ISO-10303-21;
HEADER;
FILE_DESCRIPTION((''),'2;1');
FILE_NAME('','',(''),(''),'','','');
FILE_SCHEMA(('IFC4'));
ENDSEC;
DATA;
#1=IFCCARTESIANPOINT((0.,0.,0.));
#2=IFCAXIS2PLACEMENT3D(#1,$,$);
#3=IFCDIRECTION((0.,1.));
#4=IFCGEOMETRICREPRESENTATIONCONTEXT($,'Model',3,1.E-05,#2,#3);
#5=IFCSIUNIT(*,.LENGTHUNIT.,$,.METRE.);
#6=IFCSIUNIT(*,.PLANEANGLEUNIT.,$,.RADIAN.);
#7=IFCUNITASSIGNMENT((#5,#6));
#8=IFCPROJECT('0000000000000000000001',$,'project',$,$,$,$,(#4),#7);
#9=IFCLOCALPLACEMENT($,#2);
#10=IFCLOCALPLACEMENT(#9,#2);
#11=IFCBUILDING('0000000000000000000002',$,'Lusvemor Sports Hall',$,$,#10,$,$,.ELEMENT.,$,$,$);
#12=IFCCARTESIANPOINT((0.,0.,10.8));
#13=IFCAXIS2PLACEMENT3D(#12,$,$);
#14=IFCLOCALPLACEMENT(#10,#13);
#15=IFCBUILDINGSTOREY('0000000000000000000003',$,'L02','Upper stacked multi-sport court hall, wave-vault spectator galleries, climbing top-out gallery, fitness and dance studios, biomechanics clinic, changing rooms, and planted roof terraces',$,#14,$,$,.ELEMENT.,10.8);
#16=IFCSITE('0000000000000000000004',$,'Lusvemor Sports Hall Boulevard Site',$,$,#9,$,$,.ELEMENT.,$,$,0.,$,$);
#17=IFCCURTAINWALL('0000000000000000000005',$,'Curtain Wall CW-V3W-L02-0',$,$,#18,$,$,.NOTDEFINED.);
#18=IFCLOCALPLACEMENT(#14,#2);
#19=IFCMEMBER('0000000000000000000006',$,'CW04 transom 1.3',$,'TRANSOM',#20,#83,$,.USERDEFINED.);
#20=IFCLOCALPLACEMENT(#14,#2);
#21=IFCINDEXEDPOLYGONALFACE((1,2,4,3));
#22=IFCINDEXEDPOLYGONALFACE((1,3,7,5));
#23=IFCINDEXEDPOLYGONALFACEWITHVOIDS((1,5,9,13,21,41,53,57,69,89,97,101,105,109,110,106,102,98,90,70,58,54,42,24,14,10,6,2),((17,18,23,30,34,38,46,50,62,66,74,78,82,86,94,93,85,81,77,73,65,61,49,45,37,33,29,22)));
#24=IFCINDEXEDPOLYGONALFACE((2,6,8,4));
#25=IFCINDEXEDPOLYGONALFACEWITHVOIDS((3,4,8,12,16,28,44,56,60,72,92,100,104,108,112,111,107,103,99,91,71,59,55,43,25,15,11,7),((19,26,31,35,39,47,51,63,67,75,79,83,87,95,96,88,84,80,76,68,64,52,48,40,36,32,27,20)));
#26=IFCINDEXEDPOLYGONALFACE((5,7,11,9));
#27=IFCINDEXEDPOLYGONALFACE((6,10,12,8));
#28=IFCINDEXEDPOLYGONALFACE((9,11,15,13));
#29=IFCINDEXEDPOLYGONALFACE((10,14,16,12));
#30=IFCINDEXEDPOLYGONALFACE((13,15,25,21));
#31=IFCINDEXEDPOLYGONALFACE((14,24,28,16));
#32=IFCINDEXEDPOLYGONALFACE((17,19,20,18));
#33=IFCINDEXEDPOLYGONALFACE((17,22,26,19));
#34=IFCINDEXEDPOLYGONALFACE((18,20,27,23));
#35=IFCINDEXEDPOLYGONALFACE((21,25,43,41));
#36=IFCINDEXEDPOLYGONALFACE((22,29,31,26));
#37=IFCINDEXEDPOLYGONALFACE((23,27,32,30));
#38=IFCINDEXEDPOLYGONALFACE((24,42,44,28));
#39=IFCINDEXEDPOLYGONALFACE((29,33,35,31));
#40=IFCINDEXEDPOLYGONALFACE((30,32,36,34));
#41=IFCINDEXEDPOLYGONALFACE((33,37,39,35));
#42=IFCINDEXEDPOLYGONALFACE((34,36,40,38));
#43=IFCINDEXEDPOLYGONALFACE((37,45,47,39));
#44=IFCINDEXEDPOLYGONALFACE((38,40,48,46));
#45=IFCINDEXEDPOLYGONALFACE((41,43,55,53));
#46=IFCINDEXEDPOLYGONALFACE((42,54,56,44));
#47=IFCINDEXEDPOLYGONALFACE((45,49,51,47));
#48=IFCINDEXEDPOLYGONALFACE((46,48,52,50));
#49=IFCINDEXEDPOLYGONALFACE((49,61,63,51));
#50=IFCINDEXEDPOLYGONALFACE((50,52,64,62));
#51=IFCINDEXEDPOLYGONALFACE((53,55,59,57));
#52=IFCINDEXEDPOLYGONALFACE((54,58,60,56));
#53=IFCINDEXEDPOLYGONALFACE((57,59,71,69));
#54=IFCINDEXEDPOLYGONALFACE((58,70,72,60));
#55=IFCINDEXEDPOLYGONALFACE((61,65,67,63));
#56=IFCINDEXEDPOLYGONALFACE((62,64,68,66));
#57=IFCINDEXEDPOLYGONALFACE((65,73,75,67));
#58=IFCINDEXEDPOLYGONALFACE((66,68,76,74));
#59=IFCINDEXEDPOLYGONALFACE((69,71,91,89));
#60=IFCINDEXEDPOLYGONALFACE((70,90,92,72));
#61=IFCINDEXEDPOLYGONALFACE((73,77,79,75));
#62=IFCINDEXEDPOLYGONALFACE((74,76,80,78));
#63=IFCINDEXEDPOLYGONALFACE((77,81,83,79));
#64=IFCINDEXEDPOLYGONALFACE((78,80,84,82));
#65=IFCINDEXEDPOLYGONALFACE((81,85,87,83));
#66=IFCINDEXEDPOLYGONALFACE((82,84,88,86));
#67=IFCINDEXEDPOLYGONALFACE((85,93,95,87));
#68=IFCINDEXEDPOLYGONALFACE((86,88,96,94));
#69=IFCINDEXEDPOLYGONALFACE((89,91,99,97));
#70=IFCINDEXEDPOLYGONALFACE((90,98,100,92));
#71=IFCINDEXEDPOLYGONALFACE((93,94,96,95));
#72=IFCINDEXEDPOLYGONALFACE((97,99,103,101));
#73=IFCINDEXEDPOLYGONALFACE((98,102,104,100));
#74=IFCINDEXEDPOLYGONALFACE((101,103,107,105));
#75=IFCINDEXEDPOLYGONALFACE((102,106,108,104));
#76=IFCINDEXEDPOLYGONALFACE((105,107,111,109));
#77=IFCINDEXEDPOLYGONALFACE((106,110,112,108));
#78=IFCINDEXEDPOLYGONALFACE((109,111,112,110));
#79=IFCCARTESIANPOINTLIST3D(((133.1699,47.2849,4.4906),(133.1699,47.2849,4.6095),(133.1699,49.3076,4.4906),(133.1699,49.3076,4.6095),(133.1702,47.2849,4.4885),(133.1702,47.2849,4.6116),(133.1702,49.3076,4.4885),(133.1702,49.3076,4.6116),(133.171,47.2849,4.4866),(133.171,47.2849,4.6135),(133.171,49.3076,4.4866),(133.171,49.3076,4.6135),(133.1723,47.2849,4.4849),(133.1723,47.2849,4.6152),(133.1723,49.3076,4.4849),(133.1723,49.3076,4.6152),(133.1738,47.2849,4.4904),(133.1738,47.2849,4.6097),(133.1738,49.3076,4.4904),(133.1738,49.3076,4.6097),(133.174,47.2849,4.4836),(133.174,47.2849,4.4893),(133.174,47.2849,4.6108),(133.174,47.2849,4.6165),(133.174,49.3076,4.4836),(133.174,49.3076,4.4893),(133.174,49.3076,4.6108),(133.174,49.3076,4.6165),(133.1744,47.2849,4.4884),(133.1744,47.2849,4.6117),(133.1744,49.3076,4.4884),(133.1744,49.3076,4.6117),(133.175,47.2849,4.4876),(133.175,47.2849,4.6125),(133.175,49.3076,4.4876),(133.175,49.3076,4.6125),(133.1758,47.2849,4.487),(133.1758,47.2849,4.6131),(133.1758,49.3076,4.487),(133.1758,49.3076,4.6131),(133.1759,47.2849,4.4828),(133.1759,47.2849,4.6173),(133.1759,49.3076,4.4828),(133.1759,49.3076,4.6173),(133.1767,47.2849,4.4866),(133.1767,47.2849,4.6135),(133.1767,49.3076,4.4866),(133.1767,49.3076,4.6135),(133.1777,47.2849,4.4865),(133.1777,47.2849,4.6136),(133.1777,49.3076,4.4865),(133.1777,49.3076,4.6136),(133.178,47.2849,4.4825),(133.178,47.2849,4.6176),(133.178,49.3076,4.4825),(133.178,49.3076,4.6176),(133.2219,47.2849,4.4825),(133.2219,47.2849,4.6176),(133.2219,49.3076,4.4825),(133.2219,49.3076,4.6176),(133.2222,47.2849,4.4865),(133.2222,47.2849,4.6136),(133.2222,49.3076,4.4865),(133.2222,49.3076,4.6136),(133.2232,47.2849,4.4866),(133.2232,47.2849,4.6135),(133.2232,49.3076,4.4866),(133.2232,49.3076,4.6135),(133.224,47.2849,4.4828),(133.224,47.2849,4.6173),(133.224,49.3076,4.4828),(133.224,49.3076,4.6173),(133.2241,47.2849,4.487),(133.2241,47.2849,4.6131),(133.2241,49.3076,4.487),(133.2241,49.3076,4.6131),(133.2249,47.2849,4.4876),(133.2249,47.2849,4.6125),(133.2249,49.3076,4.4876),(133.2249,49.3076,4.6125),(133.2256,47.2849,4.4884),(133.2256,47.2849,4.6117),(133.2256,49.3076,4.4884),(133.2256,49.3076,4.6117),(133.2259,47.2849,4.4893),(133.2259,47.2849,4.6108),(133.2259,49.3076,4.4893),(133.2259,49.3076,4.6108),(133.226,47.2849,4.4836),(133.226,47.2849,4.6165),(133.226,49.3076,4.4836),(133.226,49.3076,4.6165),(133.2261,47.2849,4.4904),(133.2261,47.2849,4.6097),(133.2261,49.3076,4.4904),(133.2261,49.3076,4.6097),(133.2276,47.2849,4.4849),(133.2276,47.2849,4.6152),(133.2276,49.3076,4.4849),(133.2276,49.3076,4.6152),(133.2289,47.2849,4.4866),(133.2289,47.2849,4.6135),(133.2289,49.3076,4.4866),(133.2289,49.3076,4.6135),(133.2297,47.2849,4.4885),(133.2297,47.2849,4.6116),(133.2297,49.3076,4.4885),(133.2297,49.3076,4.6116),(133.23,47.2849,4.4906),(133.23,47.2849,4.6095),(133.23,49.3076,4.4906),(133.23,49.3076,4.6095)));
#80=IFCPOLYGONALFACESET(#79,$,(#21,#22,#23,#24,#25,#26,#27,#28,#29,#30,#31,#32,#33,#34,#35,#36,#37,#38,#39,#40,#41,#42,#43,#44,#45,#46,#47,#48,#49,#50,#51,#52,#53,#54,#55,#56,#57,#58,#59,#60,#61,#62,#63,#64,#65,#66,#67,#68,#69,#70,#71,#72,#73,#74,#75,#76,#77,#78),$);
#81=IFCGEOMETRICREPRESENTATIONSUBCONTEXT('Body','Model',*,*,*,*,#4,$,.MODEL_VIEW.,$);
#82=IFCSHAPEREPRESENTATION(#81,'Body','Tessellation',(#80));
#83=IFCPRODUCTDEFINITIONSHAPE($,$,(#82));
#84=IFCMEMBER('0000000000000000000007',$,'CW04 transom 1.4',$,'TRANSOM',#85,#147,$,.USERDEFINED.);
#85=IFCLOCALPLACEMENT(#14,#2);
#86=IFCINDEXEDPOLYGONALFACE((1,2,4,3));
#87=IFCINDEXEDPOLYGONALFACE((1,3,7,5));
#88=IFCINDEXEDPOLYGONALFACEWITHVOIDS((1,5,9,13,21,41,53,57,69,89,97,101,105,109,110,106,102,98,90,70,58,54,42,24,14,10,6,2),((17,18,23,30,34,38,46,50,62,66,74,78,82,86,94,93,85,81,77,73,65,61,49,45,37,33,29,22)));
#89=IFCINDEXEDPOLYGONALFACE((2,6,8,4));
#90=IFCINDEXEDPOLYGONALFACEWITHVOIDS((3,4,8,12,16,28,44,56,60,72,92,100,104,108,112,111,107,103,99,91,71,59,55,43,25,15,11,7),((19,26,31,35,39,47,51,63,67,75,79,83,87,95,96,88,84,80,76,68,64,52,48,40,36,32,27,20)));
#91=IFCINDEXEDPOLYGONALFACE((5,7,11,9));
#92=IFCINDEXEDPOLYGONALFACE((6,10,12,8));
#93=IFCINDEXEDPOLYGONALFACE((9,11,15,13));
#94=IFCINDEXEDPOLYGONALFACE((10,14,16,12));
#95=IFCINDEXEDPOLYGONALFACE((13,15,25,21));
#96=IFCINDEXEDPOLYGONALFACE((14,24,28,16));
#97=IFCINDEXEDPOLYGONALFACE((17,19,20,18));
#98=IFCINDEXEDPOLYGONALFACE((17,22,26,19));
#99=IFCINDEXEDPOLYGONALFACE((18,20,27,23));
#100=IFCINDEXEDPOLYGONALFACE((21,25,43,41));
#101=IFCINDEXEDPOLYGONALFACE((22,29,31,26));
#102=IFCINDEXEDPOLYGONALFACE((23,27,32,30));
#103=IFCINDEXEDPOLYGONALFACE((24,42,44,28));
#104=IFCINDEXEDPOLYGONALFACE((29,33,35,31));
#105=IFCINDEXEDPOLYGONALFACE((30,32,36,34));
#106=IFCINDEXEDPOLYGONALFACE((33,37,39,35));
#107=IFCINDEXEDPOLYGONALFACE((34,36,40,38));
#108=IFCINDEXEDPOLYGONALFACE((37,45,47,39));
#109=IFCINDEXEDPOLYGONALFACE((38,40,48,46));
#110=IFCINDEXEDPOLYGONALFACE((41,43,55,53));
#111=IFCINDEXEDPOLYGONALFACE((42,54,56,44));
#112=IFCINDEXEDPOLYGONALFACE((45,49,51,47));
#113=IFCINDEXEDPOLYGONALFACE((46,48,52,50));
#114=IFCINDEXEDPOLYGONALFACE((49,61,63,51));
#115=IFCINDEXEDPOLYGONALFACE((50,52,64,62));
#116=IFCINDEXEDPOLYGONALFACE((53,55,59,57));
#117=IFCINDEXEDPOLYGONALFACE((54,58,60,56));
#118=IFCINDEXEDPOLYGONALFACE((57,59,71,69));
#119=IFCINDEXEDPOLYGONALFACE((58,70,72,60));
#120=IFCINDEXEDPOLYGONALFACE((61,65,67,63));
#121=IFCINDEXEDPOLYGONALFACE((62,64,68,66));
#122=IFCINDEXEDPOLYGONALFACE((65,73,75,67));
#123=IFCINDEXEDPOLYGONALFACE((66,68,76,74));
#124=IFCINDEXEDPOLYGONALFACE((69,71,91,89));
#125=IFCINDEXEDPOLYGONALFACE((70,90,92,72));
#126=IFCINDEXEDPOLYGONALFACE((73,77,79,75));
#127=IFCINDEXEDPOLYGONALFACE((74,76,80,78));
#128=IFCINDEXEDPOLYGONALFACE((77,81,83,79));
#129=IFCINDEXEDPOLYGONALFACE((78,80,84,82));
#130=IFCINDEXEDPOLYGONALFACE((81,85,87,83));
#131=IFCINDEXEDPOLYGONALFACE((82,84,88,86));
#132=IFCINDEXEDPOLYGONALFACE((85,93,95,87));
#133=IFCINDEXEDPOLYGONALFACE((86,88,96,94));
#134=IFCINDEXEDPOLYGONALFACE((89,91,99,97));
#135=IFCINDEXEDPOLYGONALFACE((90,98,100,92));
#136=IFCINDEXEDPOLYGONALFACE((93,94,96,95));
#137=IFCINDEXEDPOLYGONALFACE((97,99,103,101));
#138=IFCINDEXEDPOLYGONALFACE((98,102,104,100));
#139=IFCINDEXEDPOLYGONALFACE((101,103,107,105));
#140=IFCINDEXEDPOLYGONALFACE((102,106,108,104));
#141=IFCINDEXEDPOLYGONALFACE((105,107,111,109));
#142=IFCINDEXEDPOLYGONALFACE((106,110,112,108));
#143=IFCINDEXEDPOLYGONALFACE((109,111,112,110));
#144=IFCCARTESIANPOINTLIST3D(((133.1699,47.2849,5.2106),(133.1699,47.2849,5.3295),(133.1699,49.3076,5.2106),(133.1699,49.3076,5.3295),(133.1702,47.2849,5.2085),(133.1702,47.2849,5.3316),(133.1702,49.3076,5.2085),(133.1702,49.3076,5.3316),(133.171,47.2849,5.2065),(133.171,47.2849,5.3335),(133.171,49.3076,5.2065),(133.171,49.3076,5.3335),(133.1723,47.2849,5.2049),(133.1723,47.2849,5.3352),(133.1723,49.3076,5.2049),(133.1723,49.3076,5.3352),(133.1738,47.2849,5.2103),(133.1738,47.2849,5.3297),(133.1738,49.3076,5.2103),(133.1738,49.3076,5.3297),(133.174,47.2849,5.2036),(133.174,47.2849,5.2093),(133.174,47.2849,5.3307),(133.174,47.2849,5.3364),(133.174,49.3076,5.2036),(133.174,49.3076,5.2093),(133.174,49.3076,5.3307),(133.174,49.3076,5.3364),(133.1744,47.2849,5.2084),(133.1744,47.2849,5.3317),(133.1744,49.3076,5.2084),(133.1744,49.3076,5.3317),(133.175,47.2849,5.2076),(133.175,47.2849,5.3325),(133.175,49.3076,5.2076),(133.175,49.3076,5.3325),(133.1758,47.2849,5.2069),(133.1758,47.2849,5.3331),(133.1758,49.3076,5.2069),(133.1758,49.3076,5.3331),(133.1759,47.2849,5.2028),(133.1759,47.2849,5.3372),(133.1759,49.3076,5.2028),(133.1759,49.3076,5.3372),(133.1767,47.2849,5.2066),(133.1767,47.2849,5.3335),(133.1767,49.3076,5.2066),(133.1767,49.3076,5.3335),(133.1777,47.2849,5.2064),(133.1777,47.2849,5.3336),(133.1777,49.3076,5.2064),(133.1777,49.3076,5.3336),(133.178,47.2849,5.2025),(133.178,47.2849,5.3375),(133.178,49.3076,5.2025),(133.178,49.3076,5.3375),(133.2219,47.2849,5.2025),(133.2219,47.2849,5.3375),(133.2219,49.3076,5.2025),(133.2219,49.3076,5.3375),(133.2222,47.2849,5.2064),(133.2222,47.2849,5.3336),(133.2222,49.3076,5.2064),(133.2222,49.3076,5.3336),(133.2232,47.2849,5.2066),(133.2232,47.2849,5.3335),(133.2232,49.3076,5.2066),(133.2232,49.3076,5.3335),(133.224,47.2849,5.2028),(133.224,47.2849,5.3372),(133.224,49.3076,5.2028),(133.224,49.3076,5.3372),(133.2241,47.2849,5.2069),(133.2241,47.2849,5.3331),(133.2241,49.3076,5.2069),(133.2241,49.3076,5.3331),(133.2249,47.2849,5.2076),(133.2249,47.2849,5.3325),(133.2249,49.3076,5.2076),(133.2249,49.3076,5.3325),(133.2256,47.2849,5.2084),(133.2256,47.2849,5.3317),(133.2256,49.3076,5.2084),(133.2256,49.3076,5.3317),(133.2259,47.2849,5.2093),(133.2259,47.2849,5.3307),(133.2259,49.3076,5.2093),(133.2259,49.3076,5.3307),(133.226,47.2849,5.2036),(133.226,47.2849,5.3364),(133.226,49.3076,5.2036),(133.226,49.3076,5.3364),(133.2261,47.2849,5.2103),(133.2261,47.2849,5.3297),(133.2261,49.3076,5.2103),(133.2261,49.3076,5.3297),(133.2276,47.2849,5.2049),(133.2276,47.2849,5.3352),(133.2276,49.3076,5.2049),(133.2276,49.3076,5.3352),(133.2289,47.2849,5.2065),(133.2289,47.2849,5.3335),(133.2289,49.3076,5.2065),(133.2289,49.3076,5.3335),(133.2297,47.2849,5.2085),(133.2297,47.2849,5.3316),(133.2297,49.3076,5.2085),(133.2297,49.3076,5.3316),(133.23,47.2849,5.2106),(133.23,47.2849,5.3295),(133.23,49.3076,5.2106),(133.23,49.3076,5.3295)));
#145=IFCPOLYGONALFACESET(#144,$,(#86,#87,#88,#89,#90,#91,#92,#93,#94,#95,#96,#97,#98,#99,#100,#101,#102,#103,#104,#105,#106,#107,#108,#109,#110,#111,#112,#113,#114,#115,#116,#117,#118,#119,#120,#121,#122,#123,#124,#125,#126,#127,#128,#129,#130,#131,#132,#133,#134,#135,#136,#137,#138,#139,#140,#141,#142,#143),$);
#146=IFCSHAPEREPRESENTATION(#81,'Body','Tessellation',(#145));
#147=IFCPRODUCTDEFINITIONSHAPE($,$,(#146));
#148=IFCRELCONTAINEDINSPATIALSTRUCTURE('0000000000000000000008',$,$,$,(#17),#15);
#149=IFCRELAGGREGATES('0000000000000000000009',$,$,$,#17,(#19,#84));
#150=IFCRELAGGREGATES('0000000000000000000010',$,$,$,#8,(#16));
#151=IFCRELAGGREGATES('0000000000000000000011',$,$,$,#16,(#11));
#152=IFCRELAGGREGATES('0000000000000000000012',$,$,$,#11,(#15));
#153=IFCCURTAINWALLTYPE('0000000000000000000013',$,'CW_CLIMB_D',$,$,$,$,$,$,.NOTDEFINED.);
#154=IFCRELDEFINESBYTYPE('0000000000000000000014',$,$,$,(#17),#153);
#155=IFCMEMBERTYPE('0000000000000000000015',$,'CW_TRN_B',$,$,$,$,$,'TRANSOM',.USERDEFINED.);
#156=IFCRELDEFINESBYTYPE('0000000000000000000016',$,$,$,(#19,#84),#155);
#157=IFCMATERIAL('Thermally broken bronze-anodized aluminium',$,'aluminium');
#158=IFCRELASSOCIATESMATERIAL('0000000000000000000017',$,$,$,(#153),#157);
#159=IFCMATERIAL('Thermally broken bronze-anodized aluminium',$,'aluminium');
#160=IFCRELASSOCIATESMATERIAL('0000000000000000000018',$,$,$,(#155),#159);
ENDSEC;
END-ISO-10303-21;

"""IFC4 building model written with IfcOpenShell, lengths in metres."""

from ifc_helpers import new_model, si_unit, direction, frame, origin, origin_2d, place, context, subcontext, project, spatial, hollow_rectangle, extrude, material, material_profile, profile_set, type_object, element, aggregate, save


model = new_model("IFC4")

# Units and contexts
model_context = context("Model", 3, precision=1e-05, world=origin(), true_north=direction((0.0, 1.0)))
body_context = subcontext(model_context, "Body", "Model", "MODEL_VIEW")
ifc_project = project(units=[si_unit("LENGTHUNIT", "METRE"), si_unit("PLANEANGLEUNIT", "RADIAN")], contexts=[model_context])

# Site, building, storey
site_placement = place(None, origin())
site = spatial("IfcSite", under=ifc_project, at=site_placement, Name="Lusvemor Sports Hall Boulevard Site", CompositionType="ELEMENT", RefElevation=0.0)
building_placement = place(site_placement, origin())
building = spatial("IfcBuilding", under=site, at=building_placement, Name="Lusvemor Sports Hall", CompositionType="ELEMENT")
storey_placement = place(building_placement, frame((0.0, 0.0, 10.8)))
storey = spatial("IfcBuildingStorey", under=building, at=storey_placement, Name="L02", Description="Upper stacked multi-sport court hall, wave-vault spectator galleries, climbing top-out gallery, fitness and dance studios, biomechanics clinic, changing rooms, and planted roof terraces", CompositionType="ELEMENT", Elevation=10.8)

# Curtain wall
ifc_material_1 = material(Name="Thermally broken bronze-anodized aluminium", Category="aluminium")
curtain_wall_type_1 = type_object("IfcCurtainWallType", Name="CW_CLIMB_D", PredefinedType="NOTDEFINED", material=ifc_material_1)
curtain_wall_1_placement = place(storey_placement, origin())
curtain_wall_1 = element("IfcCurtainWall", 1, at=curtain_wall_1_placement, inside=storey, type_object=curtain_wall_type_1, Name="Curtain Wall CW-V3W-L02-0", PredefinedType="NOTDEFINED")

# Members
ifc_material_2 = material(Name="Thermally broken bronze-anodized aluminium", Category="aluminium")
ifc_material_profile_1 = material_profile(ifc_material_2, hollow_rectangle(XDim=0.0601, YDim=0.135, WallThickness=0.0039, InnerFilletRadius=0.0039, OuterFilletRadius=0.0081, at=origin_2d()), Name="CWTRN135x60x4")
ifc_profile_set_1 = profile_set([ifc_material_profile_1], Name="Thermally broken bronze-anodized aluminium")
member_type_1 = type_object("IfcMemberType", Name="CW_TRN_B", ElementType="TRANSOM", PredefinedType="USERDEFINED", material=ifc_profile_set_1)
member_1_placement = place(storey_placement, frame((133.2, 47.2849, 4.55), z_axis=(0.0, 1.0, 0.0), x_axis=(-1.0, 0.0, 0.0)))
member_1 = element("IfcMember", 2, at=member_1_placement, type_object=member_type_1, Name="CW04 transom 1.3", ObjectType="TRANSOM", PredefinedType="USERDEFINED", context=body_context, shape_type="SweptSolid", body=[
    extrude(hollow_rectangle(XDim=0.0601, YDim=0.135, WallThickness=0.0039, InnerFilletRadius=0.0039, OuterFilletRadius=0.0081, at=origin_2d()), origin(), (0.0, 0.0, 1.0), 2.0227),
])
member_2_placement = place(storey_placement, frame((133.2, 47.2849, 5.27), z_axis=(0.0, 1.0, 0.0), x_axis=(-1.0, 0.0, 0.0)))
member_2 = element("IfcMember", 3, at=member_2_placement, type_object=member_type_1, Name="CW04 transom 1.4", ObjectType="TRANSOM", PredefinedType="USERDEFINED", context=body_context, shape_type="SweptSolid", body=[
    extrude(hollow_rectangle(XDim=0.0601, YDim=0.135, WallThickness=0.0039, InnerFilletRadius=0.0039, OuterFilletRadius=0.0081, at=origin_2d()), origin(), (0.0, 0.0, 1.0), 2.0227),
])
aggregate(curtain_wall_1, [member_1, member_2])

save(model, "model.ifc")
